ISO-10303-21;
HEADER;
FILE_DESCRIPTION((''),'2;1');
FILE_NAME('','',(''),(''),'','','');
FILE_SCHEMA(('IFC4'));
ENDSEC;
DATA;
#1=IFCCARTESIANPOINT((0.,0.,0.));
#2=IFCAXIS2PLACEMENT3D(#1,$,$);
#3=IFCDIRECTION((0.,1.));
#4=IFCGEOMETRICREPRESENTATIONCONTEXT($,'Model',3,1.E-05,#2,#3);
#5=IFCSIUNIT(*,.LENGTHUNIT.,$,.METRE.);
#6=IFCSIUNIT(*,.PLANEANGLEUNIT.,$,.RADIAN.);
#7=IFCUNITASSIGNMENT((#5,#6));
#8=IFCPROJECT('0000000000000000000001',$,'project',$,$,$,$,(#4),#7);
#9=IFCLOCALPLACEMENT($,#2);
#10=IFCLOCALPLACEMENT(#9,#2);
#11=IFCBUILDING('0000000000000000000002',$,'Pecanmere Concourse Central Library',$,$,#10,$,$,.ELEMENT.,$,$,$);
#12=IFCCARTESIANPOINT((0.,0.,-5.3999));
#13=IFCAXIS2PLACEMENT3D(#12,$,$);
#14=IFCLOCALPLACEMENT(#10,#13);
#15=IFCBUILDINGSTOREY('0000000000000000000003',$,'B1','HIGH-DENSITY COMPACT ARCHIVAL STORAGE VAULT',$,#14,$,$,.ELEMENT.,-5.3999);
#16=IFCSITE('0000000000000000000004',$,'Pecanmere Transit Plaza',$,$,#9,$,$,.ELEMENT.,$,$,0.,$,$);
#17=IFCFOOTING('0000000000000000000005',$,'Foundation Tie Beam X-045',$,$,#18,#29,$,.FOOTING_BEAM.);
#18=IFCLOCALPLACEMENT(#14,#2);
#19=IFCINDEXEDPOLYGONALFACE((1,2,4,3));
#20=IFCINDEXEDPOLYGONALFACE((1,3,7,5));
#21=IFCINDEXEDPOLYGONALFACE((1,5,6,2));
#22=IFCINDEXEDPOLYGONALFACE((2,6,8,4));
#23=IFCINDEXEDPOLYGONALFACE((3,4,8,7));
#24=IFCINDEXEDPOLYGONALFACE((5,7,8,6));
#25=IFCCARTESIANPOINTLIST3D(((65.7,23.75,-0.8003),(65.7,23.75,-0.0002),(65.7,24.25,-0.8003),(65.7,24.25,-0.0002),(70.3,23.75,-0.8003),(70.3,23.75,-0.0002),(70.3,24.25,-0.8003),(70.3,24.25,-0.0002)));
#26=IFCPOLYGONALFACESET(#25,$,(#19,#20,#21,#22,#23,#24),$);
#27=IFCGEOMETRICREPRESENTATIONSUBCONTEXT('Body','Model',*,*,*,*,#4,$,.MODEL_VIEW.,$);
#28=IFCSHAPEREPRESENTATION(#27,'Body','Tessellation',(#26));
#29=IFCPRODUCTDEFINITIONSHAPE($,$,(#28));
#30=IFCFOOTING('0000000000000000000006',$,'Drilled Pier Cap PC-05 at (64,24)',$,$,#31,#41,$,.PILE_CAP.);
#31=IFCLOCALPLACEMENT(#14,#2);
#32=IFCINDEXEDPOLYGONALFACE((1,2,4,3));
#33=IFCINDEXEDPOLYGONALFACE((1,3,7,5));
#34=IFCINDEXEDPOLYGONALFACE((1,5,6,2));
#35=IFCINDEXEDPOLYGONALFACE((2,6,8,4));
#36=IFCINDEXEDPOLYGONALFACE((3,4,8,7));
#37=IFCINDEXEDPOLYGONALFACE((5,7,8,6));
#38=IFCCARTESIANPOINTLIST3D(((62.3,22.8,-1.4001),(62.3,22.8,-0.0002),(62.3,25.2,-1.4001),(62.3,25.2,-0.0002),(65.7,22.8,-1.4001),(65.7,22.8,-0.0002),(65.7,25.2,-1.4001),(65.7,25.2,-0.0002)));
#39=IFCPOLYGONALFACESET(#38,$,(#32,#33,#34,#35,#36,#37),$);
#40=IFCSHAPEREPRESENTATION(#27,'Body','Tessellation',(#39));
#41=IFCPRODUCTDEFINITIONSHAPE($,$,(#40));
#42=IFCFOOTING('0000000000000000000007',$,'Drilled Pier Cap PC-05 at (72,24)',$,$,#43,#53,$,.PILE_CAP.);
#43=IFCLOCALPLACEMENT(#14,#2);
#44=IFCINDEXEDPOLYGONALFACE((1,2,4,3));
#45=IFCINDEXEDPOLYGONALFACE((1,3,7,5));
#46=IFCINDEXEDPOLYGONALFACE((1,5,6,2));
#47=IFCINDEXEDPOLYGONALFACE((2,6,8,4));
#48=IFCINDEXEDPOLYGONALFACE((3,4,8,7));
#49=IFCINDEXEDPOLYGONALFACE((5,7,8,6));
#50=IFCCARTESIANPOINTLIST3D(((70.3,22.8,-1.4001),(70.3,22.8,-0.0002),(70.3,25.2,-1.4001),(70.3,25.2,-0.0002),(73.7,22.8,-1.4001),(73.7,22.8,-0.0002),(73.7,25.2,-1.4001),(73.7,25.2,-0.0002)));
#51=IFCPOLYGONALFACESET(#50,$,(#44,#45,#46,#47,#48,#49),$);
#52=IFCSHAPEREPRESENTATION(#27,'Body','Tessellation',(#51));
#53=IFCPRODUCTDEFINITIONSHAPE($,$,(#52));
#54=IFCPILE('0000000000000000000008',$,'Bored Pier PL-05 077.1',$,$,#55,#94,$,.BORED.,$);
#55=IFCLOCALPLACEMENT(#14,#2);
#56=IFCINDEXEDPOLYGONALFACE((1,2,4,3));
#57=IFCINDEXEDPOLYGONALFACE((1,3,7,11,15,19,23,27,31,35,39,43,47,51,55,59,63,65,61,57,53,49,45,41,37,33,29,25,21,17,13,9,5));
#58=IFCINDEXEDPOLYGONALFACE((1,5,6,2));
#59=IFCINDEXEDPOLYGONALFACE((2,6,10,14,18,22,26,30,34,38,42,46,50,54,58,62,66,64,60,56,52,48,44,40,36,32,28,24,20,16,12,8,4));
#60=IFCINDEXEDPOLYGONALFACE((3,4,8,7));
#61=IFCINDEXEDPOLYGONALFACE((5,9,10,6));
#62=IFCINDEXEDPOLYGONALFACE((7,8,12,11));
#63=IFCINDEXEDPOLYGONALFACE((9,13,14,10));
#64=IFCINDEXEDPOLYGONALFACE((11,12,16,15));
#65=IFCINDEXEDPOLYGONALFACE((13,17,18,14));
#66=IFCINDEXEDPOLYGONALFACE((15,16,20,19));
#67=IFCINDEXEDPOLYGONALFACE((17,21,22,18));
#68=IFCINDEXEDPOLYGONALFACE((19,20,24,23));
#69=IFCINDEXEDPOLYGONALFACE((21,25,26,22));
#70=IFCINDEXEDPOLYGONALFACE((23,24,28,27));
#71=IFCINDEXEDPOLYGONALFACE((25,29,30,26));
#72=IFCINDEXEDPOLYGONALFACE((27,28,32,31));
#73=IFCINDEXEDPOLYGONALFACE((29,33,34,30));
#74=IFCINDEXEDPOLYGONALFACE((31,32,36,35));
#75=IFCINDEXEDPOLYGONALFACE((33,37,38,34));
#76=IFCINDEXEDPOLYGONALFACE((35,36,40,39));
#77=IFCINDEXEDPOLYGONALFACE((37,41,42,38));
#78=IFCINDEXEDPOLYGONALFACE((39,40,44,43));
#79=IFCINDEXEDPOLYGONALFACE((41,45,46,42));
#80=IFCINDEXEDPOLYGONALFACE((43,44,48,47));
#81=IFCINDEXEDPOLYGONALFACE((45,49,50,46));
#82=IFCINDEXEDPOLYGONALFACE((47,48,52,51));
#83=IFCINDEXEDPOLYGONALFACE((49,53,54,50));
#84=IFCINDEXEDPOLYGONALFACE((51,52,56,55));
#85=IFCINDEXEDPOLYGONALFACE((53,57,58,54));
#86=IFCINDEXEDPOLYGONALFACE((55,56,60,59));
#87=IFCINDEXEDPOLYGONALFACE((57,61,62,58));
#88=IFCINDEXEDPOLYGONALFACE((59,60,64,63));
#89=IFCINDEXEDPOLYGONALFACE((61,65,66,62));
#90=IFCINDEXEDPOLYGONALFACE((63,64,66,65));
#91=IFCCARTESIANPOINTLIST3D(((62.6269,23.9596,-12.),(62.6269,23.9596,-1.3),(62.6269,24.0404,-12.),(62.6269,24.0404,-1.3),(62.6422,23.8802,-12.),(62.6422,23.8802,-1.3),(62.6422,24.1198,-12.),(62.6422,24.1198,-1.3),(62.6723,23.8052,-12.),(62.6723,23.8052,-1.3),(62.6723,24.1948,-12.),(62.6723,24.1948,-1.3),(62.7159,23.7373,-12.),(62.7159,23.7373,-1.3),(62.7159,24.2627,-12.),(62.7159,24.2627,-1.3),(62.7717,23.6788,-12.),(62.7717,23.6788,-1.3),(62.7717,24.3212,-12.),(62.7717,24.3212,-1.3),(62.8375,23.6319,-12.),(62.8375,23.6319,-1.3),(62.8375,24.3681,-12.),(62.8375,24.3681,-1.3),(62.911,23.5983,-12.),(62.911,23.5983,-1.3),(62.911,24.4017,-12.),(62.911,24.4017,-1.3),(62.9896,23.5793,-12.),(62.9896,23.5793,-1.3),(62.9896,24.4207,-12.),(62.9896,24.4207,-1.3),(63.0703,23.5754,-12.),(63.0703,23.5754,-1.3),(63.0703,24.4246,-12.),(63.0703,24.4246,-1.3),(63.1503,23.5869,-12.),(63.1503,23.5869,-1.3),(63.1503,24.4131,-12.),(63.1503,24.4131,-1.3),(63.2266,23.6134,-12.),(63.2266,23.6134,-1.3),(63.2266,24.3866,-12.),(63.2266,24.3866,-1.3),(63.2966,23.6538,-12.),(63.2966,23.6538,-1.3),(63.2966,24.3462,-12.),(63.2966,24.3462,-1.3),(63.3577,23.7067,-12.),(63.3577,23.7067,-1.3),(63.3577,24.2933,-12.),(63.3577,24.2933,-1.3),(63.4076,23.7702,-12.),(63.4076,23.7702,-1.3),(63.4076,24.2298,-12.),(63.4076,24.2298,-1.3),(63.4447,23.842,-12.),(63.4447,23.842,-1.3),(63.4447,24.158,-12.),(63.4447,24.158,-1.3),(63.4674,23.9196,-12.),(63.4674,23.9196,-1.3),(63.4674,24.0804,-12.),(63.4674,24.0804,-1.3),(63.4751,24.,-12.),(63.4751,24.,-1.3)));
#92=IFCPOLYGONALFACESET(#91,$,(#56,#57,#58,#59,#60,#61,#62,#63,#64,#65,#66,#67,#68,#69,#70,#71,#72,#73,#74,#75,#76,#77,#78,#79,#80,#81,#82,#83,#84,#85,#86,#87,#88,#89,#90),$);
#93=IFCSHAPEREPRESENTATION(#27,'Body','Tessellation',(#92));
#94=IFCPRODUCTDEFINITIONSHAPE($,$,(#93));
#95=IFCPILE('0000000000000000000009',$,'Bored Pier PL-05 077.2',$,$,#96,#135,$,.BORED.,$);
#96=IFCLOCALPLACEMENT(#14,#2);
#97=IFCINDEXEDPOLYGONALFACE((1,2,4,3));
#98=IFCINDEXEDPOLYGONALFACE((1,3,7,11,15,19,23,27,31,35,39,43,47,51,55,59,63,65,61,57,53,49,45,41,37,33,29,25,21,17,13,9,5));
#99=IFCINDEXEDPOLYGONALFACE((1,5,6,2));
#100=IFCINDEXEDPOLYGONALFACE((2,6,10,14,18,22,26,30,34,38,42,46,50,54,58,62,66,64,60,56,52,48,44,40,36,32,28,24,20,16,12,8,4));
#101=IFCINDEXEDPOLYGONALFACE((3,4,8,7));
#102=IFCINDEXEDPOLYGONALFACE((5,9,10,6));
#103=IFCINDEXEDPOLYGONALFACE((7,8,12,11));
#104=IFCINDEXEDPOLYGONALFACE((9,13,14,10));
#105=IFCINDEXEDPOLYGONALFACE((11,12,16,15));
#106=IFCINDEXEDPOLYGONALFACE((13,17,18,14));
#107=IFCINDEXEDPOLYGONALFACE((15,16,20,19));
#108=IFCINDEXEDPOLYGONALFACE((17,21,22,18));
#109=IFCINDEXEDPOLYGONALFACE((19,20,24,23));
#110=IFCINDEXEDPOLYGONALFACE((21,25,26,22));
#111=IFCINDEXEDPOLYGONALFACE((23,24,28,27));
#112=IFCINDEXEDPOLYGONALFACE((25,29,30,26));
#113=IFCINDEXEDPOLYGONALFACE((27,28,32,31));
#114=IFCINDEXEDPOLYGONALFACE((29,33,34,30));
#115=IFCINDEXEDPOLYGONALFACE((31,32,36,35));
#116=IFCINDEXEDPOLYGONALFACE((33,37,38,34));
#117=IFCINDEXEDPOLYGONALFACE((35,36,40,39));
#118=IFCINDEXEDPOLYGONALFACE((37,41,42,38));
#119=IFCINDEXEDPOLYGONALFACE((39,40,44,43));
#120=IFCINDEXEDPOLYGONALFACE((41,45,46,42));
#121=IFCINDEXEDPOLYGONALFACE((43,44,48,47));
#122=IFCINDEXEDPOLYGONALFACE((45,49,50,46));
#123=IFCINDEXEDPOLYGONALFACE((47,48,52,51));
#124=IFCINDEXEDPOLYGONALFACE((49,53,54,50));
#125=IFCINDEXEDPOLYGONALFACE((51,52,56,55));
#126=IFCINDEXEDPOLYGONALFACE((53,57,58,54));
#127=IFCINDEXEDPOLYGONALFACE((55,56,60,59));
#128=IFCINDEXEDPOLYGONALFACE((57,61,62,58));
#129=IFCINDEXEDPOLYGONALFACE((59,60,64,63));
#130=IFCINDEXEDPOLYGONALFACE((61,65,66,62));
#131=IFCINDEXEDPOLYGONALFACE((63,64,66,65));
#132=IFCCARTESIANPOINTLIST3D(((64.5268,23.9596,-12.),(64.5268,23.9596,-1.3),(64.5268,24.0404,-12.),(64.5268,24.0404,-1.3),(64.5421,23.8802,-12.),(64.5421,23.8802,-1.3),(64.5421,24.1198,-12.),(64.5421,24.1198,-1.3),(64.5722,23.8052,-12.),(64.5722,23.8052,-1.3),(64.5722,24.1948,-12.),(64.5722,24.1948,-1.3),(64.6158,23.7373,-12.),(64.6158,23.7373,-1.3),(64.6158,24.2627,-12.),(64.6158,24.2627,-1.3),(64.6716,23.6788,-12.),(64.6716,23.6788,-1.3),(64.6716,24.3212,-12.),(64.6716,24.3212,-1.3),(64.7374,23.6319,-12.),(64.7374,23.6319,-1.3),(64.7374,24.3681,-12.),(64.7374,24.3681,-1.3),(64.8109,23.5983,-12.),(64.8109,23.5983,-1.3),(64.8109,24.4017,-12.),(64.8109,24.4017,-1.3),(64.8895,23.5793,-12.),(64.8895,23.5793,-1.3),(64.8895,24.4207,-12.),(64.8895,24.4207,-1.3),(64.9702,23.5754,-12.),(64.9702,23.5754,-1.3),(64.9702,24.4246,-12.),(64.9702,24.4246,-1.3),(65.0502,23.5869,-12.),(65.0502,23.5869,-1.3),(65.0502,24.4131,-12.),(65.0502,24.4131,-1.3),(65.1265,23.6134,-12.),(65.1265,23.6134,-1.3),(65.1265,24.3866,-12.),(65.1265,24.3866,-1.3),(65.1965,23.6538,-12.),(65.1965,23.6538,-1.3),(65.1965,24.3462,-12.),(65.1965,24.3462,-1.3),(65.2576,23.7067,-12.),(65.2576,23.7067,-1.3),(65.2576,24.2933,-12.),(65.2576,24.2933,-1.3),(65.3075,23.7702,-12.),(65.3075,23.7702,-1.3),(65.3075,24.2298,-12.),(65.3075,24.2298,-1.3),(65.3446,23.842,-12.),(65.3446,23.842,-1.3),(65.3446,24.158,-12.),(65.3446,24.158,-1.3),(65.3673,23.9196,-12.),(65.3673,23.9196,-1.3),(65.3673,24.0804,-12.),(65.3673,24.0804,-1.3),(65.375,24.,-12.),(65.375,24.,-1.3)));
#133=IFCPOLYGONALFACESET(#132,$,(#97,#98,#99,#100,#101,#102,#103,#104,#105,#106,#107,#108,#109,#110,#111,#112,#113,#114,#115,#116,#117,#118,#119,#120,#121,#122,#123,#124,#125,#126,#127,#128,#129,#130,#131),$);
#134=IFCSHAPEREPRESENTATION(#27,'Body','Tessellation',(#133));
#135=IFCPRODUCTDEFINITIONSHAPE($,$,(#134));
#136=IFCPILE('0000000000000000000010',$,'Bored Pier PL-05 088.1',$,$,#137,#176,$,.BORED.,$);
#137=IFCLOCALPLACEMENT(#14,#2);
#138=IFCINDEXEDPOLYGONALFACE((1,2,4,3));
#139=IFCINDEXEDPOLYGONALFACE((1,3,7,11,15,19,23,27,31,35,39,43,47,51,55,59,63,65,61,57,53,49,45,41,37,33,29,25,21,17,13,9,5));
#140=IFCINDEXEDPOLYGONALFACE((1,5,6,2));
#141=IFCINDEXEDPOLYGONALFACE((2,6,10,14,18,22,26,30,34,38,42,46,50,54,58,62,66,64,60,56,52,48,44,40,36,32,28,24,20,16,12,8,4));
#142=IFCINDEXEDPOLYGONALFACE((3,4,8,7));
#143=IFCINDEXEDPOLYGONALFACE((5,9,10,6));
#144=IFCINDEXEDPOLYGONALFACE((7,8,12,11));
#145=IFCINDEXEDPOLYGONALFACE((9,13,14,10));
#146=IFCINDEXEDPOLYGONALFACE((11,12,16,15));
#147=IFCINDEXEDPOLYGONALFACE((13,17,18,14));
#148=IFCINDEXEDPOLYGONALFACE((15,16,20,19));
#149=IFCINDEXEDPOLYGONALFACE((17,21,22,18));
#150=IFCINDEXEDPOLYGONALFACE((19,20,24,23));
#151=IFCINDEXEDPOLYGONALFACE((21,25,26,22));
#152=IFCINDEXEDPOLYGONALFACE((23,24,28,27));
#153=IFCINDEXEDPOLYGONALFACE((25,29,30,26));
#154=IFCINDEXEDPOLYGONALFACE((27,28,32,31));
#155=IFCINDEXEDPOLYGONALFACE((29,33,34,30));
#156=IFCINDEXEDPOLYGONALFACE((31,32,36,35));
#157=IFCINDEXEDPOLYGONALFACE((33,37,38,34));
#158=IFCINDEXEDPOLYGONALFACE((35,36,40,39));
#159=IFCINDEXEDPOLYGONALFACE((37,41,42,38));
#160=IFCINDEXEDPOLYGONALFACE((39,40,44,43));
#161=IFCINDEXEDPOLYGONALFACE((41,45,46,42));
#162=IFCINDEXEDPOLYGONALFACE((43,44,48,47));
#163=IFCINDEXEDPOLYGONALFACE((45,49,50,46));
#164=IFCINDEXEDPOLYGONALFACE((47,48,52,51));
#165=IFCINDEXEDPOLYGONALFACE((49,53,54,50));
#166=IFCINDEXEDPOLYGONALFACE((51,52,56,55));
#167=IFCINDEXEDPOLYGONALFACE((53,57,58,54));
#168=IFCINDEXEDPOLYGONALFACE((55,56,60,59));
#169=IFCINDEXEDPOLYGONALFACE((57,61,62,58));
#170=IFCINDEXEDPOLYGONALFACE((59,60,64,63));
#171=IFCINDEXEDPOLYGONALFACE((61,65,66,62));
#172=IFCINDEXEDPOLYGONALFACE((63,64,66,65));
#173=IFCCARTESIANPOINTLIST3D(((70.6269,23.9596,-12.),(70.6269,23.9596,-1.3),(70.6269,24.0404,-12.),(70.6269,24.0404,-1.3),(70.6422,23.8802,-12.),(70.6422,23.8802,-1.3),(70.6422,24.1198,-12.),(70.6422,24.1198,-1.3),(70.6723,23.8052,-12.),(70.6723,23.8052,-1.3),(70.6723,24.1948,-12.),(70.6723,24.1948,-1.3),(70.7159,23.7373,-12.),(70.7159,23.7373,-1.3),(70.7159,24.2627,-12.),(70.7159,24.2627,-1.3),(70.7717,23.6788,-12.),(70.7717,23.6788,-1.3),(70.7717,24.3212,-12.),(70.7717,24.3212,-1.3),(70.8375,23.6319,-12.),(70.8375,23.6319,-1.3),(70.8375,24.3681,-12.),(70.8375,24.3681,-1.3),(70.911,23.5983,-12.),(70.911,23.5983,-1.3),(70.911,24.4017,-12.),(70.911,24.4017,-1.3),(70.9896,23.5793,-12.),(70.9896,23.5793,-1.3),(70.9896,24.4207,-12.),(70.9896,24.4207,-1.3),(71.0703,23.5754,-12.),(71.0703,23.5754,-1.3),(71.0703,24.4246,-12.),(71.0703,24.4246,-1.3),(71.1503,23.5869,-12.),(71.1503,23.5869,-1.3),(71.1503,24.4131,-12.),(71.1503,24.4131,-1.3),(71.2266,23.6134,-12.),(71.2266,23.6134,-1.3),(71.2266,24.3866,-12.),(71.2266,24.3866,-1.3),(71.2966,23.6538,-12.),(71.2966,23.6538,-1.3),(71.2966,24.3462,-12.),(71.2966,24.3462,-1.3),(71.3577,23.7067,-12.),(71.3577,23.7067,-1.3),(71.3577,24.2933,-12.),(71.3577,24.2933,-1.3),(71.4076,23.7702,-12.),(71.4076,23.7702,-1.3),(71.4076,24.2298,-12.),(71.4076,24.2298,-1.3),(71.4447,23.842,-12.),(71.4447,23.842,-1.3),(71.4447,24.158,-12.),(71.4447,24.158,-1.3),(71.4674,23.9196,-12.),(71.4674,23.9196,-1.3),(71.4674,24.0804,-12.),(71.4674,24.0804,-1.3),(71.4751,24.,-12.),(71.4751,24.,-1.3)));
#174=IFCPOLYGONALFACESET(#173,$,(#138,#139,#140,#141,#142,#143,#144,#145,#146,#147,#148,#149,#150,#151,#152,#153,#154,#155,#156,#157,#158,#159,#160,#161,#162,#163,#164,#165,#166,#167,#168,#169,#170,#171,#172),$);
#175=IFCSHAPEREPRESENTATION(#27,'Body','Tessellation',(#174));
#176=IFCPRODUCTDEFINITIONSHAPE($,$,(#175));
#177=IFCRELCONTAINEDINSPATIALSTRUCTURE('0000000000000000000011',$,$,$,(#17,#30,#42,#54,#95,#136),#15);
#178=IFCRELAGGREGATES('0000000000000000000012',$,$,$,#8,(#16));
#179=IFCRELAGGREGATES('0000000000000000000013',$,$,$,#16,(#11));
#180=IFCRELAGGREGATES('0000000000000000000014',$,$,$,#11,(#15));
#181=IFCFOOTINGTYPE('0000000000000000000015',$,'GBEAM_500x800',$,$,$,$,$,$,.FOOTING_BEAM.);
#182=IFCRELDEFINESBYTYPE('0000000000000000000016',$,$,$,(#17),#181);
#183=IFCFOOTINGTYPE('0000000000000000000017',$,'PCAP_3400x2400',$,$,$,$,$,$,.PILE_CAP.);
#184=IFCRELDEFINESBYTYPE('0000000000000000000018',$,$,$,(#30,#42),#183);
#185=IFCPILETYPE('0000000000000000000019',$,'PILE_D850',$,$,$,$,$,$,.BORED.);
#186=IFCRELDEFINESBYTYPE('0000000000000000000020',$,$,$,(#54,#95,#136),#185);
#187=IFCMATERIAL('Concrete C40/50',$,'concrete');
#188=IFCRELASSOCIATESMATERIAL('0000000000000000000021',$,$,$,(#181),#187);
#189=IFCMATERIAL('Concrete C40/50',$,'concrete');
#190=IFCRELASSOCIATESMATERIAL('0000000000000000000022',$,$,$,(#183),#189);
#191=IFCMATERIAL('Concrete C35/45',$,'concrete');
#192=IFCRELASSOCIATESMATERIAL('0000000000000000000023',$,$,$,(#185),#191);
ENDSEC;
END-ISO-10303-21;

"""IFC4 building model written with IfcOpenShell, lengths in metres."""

from ifc_helpers import new_model, si_unit, direction, frame, origin, origin_2d, place, context, subcontext, project, spatial, rectangle, circle, extrude, material, material_profile, profile_set, type_object, element, save


model = new_model("IFC4")

# Units and contexts
model_context = context("Model", 3, precision=1e-05, world=origin(), true_north=direction((0.0, 1.0)))
body_context = subcontext(model_context, "Body", "Model", "MODEL_VIEW")
ifc_project = project(units=[si_unit("LENGTHUNIT", "METRE"), si_unit("PLANEANGLEUNIT", "RADIAN")], contexts=[model_context])

# Site, building, storey
site_placement = place(None, origin())
site = spatial("IfcSite", under=ifc_project, at=site_placement, Name="Pecanmere Transit Plaza", CompositionType="ELEMENT", RefElevation=0.0)
building_placement = place(site_placement, origin())
building = spatial("IfcBuilding", under=site, at=building_placement, Name="Pecanmere Concourse Central Library", CompositionType="ELEMENT")
storey_placement = place(building_placement, frame((0.0, 0.0, -5.3999)))
storey = spatial("IfcBuildingStorey", under=building, at=storey_placement, Name="B1", Description="HIGH-DENSITY COMPACT ARCHIVAL STORAGE VAULT", CompositionType="ELEMENT", Elevation=-5.3999)

# Footings
ifc_material_1 = material(Name="Concrete C40/50", Category="concrete")
ifc_material_profile_1 = material_profile(ifc_material_1, rectangle(XDim=0.5, YDim=0.8, at=origin_2d()), Name="RC 500x800")
ifc_profile_set_1 = profile_set([ifc_material_profile_1], Name="Concrete C40/50")
footing_type_1 = type_object("IfcFootingType", Name="GBEAM_500x800", PredefinedType="FOOTING_BEAM", material=ifc_profile_set_1)
footing_placement = place(storey_placement, frame((68.0, 24.0, -0.8003), z_axis=(0.0, 0.0, 1.0), x_axis=(1.0, 0.0, 0.0)))
element("IfcFooting", 1, at=footing_placement, inside=storey, type_object=footing_type_1, Name="Foundation Tie Beam X-045", PredefinedType="FOOTING_BEAM", context=body_context, shape_type="SweptSolid", body=[
    extrude(rectangle(XDim=4.6001, YDim=0.5, at=origin_2d()), origin(), (0.0, 0.0, 1.0), 0.8),
])
ifc_material_2 = material(Name="Concrete C40/50", Category="concrete")
footing_type_2 = type_object("IfcFootingType", Name="PCAP_3400x2400", PredefinedType="PILE_CAP", material=ifc_material_2)
for number, where, z_axis, x_axis, name in (
    (2, (64.0, 24.0, -1.4001), (0.0, 0.0, 1.0), (1.0, 0.0, 0.0), "Drilled Pier Cap PC-05 at (64,24)"),
    (3, (72.0, 24.0, -1.4001), (0.0, 0.0, 1.0), (1.0, 0.0, 0.0), "Drilled Pier Cap PC-05 at (72,24)"),
):
    element("IfcFooting", number, at=place(storey_placement, frame(where, z_axis=z_axis, x_axis=x_axis)), inside=storey, type_object=footing_type_2, Name=name, PredefinedType="PILE_CAP", context=body_context, shape_type="SweptSolid", body=[
        extrude(rectangle(XDim=3.3999, YDim=2.3999, at=origin_2d()), origin(), (0.0, 0.0, 1.0), 1.3999),
    ])

# Piles
ifc_material_3 = material(Name="Concrete C35/45", Category="concrete")
ifc_material_profile_2 = material_profile(ifc_material_3, circle(Radius=0.425, at=origin_2d()), Name="PIER D850")
ifc_profile_set_2 = profile_set([ifc_material_profile_2], Name="Concrete C35/45")
pile_type = type_object("IfcPileType", Name="PILE_D850", PredefinedType="BORED", material=ifc_profile_set_2)
for number, where, z_axis, x_axis, name in (
    (4, (63.05, 24.0, -1.3), (0.0, 0.0, -1.0), (1.0, 0.0, 0.0), "Bored Pier PL-05 077.1"),
    (5, (64.95, 24.0, -1.3), (0.0, 0.0, -1.0), (1.0, 0.0, 0.0), "Bored Pier PL-05 077.2"),
    (6, (71.05, 24.0, -1.3), (0.0, 0.0, -1.0), (1.0, 0.0, 0.0), "Bored Pier PL-05 088.1"),
):
    element("IfcPile", number, at=place(storey_placement, frame(where, z_axis=z_axis, x_axis=x_axis)), inside=storey, type_object=pile_type, Name=name, PredefinedType="BORED", context=body_context, shape_type="SweptSolid", body=[
        extrude(circle(Radius=0.425, at=origin_2d()), origin(), (0.0, 0.0, 1.0), 10.7),
    ])

save(model, "model.ifc")
